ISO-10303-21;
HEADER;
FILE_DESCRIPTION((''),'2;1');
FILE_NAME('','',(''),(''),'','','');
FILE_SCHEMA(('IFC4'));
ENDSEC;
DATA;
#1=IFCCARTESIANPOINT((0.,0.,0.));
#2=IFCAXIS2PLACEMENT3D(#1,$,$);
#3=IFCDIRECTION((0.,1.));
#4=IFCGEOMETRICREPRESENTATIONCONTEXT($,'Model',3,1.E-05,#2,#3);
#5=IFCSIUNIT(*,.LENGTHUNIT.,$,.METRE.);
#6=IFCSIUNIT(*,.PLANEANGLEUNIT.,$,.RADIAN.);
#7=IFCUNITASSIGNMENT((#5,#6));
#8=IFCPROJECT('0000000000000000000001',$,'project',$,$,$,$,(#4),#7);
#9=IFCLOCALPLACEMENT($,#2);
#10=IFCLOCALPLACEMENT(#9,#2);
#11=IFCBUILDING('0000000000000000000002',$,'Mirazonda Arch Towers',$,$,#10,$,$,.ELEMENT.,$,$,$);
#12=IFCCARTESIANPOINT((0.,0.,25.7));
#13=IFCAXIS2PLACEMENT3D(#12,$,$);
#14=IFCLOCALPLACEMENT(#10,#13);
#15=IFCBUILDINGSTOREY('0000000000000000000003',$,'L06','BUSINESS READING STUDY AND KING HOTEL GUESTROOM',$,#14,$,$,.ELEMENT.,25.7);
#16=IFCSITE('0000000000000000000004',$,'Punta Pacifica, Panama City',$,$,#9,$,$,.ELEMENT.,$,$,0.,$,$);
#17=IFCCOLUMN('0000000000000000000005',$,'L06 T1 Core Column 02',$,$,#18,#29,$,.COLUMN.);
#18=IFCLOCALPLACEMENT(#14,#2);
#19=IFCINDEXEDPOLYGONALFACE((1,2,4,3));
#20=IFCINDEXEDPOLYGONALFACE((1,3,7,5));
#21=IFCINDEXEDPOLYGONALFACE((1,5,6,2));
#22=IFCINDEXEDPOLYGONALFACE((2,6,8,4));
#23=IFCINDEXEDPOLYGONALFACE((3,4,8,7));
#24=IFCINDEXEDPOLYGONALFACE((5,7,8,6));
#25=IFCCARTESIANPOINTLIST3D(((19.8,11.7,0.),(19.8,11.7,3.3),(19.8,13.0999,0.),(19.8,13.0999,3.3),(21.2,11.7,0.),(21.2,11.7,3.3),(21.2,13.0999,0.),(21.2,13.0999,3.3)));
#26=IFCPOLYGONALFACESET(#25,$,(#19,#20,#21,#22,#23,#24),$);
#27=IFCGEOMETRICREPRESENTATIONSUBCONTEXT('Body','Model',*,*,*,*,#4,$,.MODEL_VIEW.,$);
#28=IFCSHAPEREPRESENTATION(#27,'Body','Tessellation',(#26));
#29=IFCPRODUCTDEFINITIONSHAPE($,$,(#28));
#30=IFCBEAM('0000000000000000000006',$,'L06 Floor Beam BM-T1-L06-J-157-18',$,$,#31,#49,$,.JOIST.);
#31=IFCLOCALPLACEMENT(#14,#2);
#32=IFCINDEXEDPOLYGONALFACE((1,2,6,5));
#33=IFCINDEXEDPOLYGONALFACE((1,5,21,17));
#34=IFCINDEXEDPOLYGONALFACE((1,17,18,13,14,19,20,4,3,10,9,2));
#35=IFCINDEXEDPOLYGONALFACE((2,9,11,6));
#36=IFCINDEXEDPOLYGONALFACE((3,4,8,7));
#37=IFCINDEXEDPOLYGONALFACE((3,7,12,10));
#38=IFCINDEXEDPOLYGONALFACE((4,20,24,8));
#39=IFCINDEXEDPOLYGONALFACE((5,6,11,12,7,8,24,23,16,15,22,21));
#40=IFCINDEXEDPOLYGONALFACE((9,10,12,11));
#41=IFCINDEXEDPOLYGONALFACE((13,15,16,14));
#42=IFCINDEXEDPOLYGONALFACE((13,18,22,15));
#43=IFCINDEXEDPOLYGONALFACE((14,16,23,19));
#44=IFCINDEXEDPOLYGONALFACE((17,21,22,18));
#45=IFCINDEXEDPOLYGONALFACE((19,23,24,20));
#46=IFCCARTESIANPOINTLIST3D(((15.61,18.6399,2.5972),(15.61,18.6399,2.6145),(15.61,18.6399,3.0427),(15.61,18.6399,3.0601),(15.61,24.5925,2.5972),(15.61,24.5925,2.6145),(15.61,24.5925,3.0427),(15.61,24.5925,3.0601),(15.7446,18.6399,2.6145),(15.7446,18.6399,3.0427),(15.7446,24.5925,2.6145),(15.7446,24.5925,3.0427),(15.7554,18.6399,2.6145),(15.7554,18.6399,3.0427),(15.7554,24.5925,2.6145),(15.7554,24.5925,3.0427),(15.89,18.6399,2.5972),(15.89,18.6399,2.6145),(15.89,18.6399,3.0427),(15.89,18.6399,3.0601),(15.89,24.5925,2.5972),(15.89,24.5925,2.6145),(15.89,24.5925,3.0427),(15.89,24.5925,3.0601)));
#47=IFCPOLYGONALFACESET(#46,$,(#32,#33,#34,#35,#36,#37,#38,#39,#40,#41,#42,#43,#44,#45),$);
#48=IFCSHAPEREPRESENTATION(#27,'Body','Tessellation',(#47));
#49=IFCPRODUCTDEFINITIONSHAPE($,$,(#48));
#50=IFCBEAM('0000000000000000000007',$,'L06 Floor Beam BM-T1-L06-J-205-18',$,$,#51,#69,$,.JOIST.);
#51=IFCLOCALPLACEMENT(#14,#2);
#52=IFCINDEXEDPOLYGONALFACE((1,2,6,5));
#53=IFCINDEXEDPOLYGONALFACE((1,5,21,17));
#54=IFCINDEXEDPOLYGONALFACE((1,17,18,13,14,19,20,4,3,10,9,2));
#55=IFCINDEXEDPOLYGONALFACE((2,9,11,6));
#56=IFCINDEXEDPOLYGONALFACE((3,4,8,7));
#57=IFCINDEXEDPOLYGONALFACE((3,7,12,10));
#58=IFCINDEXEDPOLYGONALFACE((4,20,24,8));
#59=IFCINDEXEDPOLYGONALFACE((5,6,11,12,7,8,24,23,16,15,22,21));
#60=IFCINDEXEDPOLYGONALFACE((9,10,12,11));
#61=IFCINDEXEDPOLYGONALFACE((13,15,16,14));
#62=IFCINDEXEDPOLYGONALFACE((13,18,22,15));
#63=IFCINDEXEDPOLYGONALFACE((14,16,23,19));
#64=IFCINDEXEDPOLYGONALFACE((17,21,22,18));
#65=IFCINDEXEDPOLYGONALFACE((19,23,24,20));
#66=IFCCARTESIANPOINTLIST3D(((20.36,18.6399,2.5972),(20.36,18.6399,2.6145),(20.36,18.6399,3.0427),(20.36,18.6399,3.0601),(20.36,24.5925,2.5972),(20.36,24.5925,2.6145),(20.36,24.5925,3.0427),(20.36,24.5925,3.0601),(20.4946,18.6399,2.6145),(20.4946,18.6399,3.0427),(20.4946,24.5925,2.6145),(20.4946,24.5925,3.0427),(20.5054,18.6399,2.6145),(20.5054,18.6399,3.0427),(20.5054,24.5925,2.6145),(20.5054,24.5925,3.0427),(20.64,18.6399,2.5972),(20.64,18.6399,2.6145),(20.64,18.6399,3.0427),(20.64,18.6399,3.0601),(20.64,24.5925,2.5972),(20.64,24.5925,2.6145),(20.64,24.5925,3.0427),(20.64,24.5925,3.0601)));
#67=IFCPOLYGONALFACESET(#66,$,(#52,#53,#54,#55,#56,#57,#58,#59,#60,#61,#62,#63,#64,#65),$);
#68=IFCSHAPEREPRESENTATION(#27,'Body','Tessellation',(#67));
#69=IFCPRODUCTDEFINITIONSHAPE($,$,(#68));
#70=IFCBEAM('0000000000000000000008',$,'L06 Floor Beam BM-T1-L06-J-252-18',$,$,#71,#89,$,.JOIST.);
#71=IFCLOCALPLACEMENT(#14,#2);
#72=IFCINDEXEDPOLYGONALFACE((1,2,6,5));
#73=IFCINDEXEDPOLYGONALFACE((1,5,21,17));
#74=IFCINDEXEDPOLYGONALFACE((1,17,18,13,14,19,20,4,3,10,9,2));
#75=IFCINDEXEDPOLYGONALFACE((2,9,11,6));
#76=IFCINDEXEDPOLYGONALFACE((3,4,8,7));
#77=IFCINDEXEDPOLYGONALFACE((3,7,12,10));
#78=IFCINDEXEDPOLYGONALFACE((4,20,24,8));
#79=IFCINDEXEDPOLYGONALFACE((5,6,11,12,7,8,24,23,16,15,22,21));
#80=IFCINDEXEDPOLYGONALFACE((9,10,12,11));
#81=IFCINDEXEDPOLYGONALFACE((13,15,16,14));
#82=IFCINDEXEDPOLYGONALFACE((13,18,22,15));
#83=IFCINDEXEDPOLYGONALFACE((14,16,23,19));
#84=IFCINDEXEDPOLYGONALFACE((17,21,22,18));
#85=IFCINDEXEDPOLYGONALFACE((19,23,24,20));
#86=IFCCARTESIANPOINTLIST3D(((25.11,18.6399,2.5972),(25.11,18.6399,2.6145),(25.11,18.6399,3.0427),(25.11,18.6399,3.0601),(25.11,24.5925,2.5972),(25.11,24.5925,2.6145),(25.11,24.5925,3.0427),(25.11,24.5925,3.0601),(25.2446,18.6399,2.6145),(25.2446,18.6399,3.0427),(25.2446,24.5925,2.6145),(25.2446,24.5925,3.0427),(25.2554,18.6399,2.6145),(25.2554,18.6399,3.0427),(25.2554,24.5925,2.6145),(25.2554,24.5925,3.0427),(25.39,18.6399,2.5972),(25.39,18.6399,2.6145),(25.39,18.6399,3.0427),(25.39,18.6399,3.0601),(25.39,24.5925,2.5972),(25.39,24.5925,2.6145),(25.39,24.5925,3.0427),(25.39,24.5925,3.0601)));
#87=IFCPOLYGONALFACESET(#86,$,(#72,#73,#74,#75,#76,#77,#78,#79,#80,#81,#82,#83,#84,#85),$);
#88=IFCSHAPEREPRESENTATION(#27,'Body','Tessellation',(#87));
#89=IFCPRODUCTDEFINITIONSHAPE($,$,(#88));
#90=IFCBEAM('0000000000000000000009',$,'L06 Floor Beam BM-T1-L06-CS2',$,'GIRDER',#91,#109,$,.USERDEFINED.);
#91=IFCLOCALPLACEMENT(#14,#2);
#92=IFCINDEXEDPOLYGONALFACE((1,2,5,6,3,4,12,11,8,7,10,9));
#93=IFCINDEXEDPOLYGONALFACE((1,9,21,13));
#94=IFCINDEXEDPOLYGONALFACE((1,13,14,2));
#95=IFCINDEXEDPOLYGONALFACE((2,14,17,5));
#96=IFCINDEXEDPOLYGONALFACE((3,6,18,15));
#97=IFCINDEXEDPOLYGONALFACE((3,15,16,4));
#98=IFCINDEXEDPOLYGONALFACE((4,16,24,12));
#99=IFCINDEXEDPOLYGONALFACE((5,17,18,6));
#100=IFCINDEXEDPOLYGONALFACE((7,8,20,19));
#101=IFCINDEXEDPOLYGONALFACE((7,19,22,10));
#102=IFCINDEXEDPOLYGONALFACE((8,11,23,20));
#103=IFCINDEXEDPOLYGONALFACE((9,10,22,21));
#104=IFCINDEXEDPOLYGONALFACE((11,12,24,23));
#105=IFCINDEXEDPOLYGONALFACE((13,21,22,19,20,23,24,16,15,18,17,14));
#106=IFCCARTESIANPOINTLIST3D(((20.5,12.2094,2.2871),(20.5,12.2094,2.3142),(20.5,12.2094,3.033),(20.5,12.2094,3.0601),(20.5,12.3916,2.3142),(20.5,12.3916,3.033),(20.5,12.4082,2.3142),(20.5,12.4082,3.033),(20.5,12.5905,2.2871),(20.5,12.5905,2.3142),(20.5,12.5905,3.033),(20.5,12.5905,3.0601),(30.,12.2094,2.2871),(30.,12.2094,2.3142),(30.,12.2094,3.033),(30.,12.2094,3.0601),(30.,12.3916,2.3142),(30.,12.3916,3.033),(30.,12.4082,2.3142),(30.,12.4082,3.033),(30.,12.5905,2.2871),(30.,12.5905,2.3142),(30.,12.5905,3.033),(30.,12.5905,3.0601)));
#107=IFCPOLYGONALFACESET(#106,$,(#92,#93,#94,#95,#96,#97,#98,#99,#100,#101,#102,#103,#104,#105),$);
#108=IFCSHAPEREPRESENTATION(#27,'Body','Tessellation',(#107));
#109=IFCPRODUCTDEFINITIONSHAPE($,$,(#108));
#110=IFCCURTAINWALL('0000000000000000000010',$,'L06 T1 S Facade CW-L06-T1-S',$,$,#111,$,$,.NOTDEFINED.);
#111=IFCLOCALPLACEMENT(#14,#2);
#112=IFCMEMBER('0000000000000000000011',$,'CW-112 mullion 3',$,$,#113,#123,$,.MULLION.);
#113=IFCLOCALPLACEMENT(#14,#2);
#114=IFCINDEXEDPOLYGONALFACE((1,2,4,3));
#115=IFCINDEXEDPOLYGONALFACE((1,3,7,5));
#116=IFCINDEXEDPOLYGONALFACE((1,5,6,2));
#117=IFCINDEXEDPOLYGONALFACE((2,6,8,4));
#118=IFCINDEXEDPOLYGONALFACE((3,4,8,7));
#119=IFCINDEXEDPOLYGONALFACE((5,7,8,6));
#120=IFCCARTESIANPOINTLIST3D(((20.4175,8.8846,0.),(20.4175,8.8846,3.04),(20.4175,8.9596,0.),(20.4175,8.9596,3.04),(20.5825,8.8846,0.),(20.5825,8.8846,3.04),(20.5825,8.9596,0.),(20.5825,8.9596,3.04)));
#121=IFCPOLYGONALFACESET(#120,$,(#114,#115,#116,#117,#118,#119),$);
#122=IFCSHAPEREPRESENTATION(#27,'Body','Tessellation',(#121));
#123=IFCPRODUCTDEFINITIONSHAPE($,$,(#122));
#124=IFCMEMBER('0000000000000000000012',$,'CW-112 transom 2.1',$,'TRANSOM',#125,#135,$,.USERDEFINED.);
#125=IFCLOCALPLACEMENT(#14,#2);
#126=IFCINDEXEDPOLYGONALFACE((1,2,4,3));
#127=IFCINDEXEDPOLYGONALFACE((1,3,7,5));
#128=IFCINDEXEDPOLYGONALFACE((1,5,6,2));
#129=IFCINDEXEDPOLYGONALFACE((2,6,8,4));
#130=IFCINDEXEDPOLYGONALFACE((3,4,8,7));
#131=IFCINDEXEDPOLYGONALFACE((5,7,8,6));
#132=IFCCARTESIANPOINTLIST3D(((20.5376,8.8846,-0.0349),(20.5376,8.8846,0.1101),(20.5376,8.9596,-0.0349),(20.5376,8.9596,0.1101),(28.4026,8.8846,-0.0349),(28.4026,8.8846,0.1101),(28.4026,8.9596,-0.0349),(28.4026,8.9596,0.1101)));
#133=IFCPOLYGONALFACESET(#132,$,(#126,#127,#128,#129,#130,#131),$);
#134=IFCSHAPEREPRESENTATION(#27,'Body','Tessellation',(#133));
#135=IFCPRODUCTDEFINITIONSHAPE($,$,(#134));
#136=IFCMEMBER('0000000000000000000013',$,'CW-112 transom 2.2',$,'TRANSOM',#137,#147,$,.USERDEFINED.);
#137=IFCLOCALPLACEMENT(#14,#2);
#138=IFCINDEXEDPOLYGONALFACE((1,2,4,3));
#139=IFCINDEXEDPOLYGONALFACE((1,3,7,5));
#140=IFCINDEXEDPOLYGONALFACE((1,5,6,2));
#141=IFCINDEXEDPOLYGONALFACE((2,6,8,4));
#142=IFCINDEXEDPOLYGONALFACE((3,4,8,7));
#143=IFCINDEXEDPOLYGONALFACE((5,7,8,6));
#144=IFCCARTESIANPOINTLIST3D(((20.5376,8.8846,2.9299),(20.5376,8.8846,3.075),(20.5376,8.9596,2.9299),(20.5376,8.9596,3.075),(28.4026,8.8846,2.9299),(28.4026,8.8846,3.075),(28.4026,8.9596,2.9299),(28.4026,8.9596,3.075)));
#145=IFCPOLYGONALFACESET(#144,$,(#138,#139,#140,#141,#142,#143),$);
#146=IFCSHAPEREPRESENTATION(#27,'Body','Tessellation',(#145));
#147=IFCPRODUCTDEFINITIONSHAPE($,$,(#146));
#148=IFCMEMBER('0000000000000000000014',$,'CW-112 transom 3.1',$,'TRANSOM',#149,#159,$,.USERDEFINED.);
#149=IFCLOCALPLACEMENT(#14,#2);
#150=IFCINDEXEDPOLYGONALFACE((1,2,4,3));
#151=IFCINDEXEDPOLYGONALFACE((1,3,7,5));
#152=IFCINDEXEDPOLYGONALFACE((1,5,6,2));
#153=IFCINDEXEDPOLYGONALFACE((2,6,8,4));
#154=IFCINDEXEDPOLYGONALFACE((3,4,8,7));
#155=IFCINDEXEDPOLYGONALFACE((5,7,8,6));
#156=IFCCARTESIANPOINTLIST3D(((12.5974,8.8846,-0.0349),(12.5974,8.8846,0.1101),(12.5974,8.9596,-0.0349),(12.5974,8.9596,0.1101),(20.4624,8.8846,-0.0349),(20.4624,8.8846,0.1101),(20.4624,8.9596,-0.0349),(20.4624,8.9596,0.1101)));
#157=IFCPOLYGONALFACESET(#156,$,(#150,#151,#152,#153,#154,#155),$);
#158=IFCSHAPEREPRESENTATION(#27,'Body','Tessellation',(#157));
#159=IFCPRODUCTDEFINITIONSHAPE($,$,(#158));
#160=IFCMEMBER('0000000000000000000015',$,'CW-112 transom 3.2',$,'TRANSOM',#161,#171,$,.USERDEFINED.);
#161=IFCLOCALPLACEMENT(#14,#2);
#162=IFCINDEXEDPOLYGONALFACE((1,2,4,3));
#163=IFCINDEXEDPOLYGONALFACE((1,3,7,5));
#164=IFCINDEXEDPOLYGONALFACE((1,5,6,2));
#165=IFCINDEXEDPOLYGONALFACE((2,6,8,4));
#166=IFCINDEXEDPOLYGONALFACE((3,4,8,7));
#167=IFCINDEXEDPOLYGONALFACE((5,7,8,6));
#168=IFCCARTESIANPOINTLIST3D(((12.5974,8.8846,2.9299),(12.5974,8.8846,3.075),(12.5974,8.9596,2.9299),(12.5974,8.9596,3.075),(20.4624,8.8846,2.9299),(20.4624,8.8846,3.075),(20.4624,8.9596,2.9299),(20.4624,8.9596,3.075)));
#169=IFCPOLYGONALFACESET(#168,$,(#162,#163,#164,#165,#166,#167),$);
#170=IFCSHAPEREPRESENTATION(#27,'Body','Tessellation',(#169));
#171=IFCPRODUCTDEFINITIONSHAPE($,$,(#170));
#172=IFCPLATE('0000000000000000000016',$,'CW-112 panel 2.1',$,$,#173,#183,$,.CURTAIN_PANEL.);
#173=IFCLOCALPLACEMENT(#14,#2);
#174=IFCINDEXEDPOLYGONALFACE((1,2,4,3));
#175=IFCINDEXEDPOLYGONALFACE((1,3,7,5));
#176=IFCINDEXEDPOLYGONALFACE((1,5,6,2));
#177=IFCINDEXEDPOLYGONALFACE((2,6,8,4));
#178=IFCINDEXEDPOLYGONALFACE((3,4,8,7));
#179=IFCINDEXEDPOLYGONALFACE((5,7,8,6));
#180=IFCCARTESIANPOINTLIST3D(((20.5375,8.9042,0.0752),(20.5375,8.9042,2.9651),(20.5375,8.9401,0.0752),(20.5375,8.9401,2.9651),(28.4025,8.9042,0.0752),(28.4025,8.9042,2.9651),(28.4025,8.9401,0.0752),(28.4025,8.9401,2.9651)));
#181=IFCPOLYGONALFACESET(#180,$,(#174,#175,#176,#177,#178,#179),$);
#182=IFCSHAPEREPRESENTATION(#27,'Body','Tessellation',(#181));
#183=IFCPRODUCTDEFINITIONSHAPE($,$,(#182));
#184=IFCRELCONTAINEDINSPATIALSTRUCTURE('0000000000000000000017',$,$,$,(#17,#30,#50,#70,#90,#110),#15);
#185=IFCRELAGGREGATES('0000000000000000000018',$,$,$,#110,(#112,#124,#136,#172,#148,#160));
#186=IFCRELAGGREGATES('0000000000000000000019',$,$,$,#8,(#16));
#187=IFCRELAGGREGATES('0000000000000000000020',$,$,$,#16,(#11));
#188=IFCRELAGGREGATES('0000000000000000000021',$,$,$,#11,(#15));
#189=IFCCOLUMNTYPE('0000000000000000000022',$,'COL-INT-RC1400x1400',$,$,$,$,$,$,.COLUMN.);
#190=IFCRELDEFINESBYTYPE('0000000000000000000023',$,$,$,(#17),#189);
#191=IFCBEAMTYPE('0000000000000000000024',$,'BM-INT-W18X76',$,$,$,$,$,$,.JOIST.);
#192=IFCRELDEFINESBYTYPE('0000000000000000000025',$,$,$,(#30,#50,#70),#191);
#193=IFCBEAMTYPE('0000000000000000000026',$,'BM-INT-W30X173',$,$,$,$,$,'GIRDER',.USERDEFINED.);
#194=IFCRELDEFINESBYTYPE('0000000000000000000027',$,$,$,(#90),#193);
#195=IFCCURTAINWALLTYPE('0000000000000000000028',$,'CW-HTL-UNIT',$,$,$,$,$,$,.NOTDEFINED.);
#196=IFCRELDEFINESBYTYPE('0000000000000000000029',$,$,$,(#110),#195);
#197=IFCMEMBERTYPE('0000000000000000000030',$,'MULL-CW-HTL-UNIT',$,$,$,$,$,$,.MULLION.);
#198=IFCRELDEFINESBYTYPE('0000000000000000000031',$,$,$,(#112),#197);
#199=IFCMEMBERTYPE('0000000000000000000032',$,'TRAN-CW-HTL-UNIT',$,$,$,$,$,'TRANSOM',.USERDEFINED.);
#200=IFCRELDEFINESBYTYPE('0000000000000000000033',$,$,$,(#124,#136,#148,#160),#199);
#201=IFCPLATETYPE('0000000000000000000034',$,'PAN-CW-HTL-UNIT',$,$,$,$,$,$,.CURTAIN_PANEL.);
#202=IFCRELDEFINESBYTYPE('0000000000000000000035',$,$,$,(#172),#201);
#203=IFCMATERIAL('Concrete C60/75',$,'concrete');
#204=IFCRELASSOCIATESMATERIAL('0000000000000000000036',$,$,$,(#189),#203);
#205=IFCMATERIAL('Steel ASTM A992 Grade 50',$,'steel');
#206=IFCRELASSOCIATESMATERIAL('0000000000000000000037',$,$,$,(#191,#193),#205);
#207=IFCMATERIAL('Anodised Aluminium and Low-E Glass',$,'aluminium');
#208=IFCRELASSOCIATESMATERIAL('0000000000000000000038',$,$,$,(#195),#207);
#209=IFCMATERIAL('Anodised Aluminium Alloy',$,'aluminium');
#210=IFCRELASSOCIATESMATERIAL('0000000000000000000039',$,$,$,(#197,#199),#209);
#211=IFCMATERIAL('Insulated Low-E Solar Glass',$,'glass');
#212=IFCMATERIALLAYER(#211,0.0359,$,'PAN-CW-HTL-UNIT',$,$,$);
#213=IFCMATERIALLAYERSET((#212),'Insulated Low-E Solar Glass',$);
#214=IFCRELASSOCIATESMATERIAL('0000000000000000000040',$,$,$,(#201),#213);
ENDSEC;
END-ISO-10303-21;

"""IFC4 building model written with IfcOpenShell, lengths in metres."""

from ifc_helpers import new_model, si_unit, direction, frame, origin, origin_2d, place, context, subcontext, project, spatial, rectangle, i_section, extrude, material, layer, layer_set, material_profile, profile_set, type_object, element, aggregate, save


model = new_model("IFC4")

# Units and contexts
model_context = context("Model", 3, precision=1e-05, world=origin(), true_north=direction((0.0, 1.0)))
body_context = subcontext(model_context, "Body", "Model", "MODEL_VIEW")
ifc_project = project(units=[si_unit("LENGTHUNIT", "METRE"), si_unit("PLANEANGLEUNIT", "RADIAN")], contexts=[model_context])

# Site, building, storey
site_placement = place(None, origin())
site = spatial("IfcSite", under=ifc_project, at=site_placement, Name="Punta Pacifica, Panama City", CompositionType="ELEMENT", RefElevation=0.0)
building_placement = place(site_placement, origin())
building = spatial("IfcBuilding", under=site, at=building_placement, Name="Mirazonda Arch Towers", CompositionType="ELEMENT")
storey_placement = place(building_placement, frame((0.0, 0.0, 25.7)))
storey = spatial("IfcBuildingStorey", under=building, at=storey_placement, Name="L06", Description="BUSINESS READING STUDY AND KING HOTEL GUESTROOM", CompositionType="ELEMENT", Elevation=25.7)

# Column
ifc_material_1 = material(Name="Concrete C60/75", Category="concrete")
ifc_material_profile_1 = material_profile(ifc_material_1, rectangle(XDim=1.3999, YDim=1.3999, at=origin_2d()), Name="RC1400x1400")
ifc_profile_set_1 = profile_set([ifc_material_profile_1], Name="Concrete C60/75")
column_type = type_object("IfcColumnType", Name="COL-INT-RC1400x1400", PredefinedType="COLUMN", material=ifc_profile_set_1)
column_placement = place(storey_placement, frame((20.5, 12.3999, 0.0), z_axis=(0.0, 0.0, 1.0), x_axis=(1.0, 0.0, 0.0)))
element("IfcColumn", 1, at=column_placement, inside=storey, type_object=column_type, Name="L06 T1 Core Column 02", PredefinedType="COLUMN", context=body_context, shape_type="SweptSolid", body=[
    extrude(rectangle(XDim=1.3999, YDim=1.3999, at=origin_2d()), origin(), (0.0, 0.0, 1.0), 3.3),
])

# Beams
ifc_material_2 = material(Name="Steel ASTM A992 Grade 50", Category="steel")
ifc_material_profile_2 = material_profile(ifc_material_2, i_section(OverallWidth=0.28, OverallDepth=0.4629, WebThickness=0.0107, FlangeThickness=0.0173, at=origin_2d()), Name="W18X76")
ifc_profile_set_2 = profile_set([ifc_material_profile_2], Name="Steel ASTM A992 Grade 50")
beam_type_1 = type_object("IfcBeamType", Name="BM-INT-W18X76", PredefinedType="JOIST", material=ifc_profile_set_2)
for number, where, z_axis, x_axis, name in (
    (2, (15.75, 18.6399, 2.8286), (0.0, 1.0, 0.0), (-1.0, 0.0, 0.0), "L06 Floor Beam BM-T1-L06-J-157-18"),
    (3, (20.5, 18.6399, 2.8286), (0.0, 1.0, 0.0), (-1.0, 0.0, 0.0), "L06 Floor Beam BM-T1-L06-J-205-18"),
    (4, (25.25, 18.6399, 2.8286), (0.0, 1.0, 0.0), (-1.0, 0.0, 0.0), "L06 Floor Beam BM-T1-L06-J-252-18"),
):
    element("IfcBeam", number, at=place(storey_placement, frame(where, z_axis=z_axis, x_axis=x_axis)), inside=storey, type_object=beam_type_1, Name=name, PredefinedType="JOIST", context=body_context, shape_type="SweptSolid", body=[
        extrude(i_section(OverallWidth=0.28, OverallDepth=0.4629, WebThickness=0.0107, FlangeThickness=0.0173, at=origin_2d()), origin(), (0.0, 0.0, 1.0), 5.9526),
    ])
ifc_material_profile_3 = material_profile(ifc_material_2, i_section(OverallWidth=0.3811, OverallDepth=0.7729, WebThickness=0.0166, FlangeThickness=0.0271, at=origin_2d()), Name="W30X173")
ifc_profile_set_3 = profile_set([ifc_material_profile_3], Name="Steel ASTM A992 Grade 50")
beam_type_2 = type_object("IfcBeamType", Name="BM-INT-W30X173", ElementType="GIRDER", PredefinedType="USERDEFINED", material=ifc_profile_set_3)
beam_placement = place(storey_placement, frame((20.5, 12.3999, 2.6736), z_axis=(1.0, 0.0, 0.0), x_axis=(0.0, 1.0, 0.0)))
element("IfcBeam", 5, at=beam_placement, inside=storey, type_object=beam_type_2, Name="L06 Floor Beam BM-T1-L06-CS2", ObjectType="GIRDER", PredefinedType="USERDEFINED", context=body_context, shape_type="SweptSolid", body=[
    extrude(i_section(OverallWidth=0.3811, OverallDepth=0.7729, WebThickness=0.0166, FlangeThickness=0.0271, at=origin_2d()), origin(), (0.0, 0.0, 1.0), 9.5),
])

# Curtain wall, members, plate
ifc_material_3 = material(Name="Anodised Aluminium and Low-E Glass", Category="aluminium")
curtain_wall_type = type_object("IfcCurtainWallType", Name="CW-HTL-UNIT", PredefinedType="NOTDEFINED", material=ifc_material_3)
curtain_wall_placement = place(storey_placement, origin())
curtain_wall = element("IfcCurtainWall", 6, at=curtain_wall_placement, inside=storey, type_object=curtain_wall_type, Name="L06 T1 S Facade CW-L06-T1-S", PredefinedType="NOTDEFINED")
ifc_material_4 = material(Name="Anodised Aluminium Alloy", Category="aluminium")
ifc_material_profile_4 = material_profile(ifc_material_4, rectangle(XDim=0.075, YDim=0.165, at=origin_2d()), Name="ALU-MULL-75x165")
ifc_profile_set_4 = profile_set([ifc_material_profile_4], Name="Anodised Aluminium Alloy")
member_type_1 = type_object("IfcMemberType", Name="MULL-CW-HTL-UNIT", PredefinedType="MULLION", material=ifc_profile_set_4)
member_1_placement = place(storey_placement, frame((20.5, 8.9221, 0.0), z_axis=(0.0, 0.0, 1.0), x_axis=(0.0, -1.0, 0.0)))
member_1 = element("IfcMember", 7, at=member_1_placement, type_object=member_type_1, Name="CW-112 mullion 3", PredefinedType="MULLION", context=body_context, shape_type="SweptSolid", body=[
    extrude(rectangle(XDim=0.075, YDim=0.165, at=origin_2d()), origin(), (0.0, 0.0, 1.0), 3.04),
])
ifc_material_profile_5 = material_profile(ifc_material_4, rectangle(XDim=0.075, YDim=0.145, at=origin_2d()), Name="ALU-TRAN-75x145")
ifc_profile_set_5 = profile_set([ifc_material_profile_5], Name="Anodised Aluminium Alloy")
member_type_2 = type_object("IfcMemberType", Name="TRAN-CW-HTL-UNIT", ElementType="TRANSOM", PredefinedType="USERDEFINED", material=ifc_profile_set_5)
member_2_placement = place(storey_placement, frame((28.4026, 8.9221, 0.0376), z_axis=(-1.0, 0.0, 0.0), x_axis=(0.0, -1.0, 0.0)))
member_2 = element("IfcMember", 8, at=member_2_placement, type_object=member_type_2, Name="CW-112 transom 2.1", ObjectType="TRANSOM", PredefinedType="USERDEFINED", context=body_context, shape_type="SweptSolid", body=[
    extrude(rectangle(XDim=0.075, YDim=0.145, at=origin_2d()), origin(), (0.0, 0.0, 1.0), 7.865),
])
member_3_placement = place(storey_placement, frame((28.4026, 8.9221, 3.0024), z_axis=(-1.0, 0.0, 0.0), x_axis=(0.0, -1.0, 0.0)))
member_3 = element("IfcMember", 9, at=member_3_placement, type_object=member_type_2, Name="CW-112 transom 2.2", ObjectType="TRANSOM", PredefinedType="USERDEFINED", context=body_context, shape_type="SweptSolid", body=[
    extrude(rectangle(XDim=0.075, YDim=0.145, at=origin_2d()), origin(), (0.0, 0.0, 1.0), 7.865),
])
member_4_placement = place(storey_placement, frame((20.4624, 8.9221, 0.0376), z_axis=(-1.0, 0.0, 0.0), x_axis=(0.0, -1.0, 0.0)))
member_4 = element("IfcMember", 10, at=member_4_placement, type_object=member_type_2, Name="CW-112 transom 3.1", ObjectType="TRANSOM", PredefinedType="USERDEFINED", context=body_context, shape_type="SweptSolid", body=[
    extrude(rectangle(XDim=0.075, YDim=0.145, at=origin_2d()), origin(), (0.0, 0.0, 1.0), 7.865),
])
member_5_placement = place(storey_placement, frame((20.4624, 8.9221, 3.0024), z_axis=(-1.0, 0.0, 0.0), x_axis=(0.0, -1.0, 0.0)))
member_5 = element("IfcMember", 11, at=member_5_placement, type_object=member_type_2, Name="CW-112 transom 3.2", ObjectType="TRANSOM", PredefinedType="USERDEFINED", context=body_context, shape_type="SweptSolid", body=[
    extrude(rectangle(XDim=0.075, YDim=0.145, at=origin_2d()), origin(), (0.0, 0.0, 1.0), 7.865),
])
ifc_material_5 = material(Name="Insulated Low-E Solar Glass", Category="glass")
ifc_layer_1 = layer(ifc_material_5, 0.0359, Name="PAN-CW-HTL-UNIT")
ifc_layer_set_1 = layer_set([ifc_layer_1], Name="Insulated Low-E Solar Glass")
plate_type = type_object("IfcPlateType", Name="PAN-CW-HTL-UNIT", PredefinedType="CURTAIN_PANEL", material=ifc_layer_set_1)
plate_1_placement = place(storey_placement, frame((24.47, 8.9221, 0.0752), z_axis=(0.0, 0.0, 1.0), x_axis=(-1.0, 0.0, 0.0)))
plate_1 = element("IfcPlate", 12, at=plate_1_placement, type_object=plate_type, Name="CW-112 panel 2.1", PredefinedType="CURTAIN_PANEL", context=body_context, shape_type="SweptSolid", body=[
    extrude(rectangle(XDim=7.865, YDim=0.0359, at=origin_2d()), origin(), (0.0, 0.0, 1.0), 2.8899),
])
aggregate(curtain_wall, [member_1, member_2, member_3, plate_1, member_4, member_5])

save(model, "model.ifc")
